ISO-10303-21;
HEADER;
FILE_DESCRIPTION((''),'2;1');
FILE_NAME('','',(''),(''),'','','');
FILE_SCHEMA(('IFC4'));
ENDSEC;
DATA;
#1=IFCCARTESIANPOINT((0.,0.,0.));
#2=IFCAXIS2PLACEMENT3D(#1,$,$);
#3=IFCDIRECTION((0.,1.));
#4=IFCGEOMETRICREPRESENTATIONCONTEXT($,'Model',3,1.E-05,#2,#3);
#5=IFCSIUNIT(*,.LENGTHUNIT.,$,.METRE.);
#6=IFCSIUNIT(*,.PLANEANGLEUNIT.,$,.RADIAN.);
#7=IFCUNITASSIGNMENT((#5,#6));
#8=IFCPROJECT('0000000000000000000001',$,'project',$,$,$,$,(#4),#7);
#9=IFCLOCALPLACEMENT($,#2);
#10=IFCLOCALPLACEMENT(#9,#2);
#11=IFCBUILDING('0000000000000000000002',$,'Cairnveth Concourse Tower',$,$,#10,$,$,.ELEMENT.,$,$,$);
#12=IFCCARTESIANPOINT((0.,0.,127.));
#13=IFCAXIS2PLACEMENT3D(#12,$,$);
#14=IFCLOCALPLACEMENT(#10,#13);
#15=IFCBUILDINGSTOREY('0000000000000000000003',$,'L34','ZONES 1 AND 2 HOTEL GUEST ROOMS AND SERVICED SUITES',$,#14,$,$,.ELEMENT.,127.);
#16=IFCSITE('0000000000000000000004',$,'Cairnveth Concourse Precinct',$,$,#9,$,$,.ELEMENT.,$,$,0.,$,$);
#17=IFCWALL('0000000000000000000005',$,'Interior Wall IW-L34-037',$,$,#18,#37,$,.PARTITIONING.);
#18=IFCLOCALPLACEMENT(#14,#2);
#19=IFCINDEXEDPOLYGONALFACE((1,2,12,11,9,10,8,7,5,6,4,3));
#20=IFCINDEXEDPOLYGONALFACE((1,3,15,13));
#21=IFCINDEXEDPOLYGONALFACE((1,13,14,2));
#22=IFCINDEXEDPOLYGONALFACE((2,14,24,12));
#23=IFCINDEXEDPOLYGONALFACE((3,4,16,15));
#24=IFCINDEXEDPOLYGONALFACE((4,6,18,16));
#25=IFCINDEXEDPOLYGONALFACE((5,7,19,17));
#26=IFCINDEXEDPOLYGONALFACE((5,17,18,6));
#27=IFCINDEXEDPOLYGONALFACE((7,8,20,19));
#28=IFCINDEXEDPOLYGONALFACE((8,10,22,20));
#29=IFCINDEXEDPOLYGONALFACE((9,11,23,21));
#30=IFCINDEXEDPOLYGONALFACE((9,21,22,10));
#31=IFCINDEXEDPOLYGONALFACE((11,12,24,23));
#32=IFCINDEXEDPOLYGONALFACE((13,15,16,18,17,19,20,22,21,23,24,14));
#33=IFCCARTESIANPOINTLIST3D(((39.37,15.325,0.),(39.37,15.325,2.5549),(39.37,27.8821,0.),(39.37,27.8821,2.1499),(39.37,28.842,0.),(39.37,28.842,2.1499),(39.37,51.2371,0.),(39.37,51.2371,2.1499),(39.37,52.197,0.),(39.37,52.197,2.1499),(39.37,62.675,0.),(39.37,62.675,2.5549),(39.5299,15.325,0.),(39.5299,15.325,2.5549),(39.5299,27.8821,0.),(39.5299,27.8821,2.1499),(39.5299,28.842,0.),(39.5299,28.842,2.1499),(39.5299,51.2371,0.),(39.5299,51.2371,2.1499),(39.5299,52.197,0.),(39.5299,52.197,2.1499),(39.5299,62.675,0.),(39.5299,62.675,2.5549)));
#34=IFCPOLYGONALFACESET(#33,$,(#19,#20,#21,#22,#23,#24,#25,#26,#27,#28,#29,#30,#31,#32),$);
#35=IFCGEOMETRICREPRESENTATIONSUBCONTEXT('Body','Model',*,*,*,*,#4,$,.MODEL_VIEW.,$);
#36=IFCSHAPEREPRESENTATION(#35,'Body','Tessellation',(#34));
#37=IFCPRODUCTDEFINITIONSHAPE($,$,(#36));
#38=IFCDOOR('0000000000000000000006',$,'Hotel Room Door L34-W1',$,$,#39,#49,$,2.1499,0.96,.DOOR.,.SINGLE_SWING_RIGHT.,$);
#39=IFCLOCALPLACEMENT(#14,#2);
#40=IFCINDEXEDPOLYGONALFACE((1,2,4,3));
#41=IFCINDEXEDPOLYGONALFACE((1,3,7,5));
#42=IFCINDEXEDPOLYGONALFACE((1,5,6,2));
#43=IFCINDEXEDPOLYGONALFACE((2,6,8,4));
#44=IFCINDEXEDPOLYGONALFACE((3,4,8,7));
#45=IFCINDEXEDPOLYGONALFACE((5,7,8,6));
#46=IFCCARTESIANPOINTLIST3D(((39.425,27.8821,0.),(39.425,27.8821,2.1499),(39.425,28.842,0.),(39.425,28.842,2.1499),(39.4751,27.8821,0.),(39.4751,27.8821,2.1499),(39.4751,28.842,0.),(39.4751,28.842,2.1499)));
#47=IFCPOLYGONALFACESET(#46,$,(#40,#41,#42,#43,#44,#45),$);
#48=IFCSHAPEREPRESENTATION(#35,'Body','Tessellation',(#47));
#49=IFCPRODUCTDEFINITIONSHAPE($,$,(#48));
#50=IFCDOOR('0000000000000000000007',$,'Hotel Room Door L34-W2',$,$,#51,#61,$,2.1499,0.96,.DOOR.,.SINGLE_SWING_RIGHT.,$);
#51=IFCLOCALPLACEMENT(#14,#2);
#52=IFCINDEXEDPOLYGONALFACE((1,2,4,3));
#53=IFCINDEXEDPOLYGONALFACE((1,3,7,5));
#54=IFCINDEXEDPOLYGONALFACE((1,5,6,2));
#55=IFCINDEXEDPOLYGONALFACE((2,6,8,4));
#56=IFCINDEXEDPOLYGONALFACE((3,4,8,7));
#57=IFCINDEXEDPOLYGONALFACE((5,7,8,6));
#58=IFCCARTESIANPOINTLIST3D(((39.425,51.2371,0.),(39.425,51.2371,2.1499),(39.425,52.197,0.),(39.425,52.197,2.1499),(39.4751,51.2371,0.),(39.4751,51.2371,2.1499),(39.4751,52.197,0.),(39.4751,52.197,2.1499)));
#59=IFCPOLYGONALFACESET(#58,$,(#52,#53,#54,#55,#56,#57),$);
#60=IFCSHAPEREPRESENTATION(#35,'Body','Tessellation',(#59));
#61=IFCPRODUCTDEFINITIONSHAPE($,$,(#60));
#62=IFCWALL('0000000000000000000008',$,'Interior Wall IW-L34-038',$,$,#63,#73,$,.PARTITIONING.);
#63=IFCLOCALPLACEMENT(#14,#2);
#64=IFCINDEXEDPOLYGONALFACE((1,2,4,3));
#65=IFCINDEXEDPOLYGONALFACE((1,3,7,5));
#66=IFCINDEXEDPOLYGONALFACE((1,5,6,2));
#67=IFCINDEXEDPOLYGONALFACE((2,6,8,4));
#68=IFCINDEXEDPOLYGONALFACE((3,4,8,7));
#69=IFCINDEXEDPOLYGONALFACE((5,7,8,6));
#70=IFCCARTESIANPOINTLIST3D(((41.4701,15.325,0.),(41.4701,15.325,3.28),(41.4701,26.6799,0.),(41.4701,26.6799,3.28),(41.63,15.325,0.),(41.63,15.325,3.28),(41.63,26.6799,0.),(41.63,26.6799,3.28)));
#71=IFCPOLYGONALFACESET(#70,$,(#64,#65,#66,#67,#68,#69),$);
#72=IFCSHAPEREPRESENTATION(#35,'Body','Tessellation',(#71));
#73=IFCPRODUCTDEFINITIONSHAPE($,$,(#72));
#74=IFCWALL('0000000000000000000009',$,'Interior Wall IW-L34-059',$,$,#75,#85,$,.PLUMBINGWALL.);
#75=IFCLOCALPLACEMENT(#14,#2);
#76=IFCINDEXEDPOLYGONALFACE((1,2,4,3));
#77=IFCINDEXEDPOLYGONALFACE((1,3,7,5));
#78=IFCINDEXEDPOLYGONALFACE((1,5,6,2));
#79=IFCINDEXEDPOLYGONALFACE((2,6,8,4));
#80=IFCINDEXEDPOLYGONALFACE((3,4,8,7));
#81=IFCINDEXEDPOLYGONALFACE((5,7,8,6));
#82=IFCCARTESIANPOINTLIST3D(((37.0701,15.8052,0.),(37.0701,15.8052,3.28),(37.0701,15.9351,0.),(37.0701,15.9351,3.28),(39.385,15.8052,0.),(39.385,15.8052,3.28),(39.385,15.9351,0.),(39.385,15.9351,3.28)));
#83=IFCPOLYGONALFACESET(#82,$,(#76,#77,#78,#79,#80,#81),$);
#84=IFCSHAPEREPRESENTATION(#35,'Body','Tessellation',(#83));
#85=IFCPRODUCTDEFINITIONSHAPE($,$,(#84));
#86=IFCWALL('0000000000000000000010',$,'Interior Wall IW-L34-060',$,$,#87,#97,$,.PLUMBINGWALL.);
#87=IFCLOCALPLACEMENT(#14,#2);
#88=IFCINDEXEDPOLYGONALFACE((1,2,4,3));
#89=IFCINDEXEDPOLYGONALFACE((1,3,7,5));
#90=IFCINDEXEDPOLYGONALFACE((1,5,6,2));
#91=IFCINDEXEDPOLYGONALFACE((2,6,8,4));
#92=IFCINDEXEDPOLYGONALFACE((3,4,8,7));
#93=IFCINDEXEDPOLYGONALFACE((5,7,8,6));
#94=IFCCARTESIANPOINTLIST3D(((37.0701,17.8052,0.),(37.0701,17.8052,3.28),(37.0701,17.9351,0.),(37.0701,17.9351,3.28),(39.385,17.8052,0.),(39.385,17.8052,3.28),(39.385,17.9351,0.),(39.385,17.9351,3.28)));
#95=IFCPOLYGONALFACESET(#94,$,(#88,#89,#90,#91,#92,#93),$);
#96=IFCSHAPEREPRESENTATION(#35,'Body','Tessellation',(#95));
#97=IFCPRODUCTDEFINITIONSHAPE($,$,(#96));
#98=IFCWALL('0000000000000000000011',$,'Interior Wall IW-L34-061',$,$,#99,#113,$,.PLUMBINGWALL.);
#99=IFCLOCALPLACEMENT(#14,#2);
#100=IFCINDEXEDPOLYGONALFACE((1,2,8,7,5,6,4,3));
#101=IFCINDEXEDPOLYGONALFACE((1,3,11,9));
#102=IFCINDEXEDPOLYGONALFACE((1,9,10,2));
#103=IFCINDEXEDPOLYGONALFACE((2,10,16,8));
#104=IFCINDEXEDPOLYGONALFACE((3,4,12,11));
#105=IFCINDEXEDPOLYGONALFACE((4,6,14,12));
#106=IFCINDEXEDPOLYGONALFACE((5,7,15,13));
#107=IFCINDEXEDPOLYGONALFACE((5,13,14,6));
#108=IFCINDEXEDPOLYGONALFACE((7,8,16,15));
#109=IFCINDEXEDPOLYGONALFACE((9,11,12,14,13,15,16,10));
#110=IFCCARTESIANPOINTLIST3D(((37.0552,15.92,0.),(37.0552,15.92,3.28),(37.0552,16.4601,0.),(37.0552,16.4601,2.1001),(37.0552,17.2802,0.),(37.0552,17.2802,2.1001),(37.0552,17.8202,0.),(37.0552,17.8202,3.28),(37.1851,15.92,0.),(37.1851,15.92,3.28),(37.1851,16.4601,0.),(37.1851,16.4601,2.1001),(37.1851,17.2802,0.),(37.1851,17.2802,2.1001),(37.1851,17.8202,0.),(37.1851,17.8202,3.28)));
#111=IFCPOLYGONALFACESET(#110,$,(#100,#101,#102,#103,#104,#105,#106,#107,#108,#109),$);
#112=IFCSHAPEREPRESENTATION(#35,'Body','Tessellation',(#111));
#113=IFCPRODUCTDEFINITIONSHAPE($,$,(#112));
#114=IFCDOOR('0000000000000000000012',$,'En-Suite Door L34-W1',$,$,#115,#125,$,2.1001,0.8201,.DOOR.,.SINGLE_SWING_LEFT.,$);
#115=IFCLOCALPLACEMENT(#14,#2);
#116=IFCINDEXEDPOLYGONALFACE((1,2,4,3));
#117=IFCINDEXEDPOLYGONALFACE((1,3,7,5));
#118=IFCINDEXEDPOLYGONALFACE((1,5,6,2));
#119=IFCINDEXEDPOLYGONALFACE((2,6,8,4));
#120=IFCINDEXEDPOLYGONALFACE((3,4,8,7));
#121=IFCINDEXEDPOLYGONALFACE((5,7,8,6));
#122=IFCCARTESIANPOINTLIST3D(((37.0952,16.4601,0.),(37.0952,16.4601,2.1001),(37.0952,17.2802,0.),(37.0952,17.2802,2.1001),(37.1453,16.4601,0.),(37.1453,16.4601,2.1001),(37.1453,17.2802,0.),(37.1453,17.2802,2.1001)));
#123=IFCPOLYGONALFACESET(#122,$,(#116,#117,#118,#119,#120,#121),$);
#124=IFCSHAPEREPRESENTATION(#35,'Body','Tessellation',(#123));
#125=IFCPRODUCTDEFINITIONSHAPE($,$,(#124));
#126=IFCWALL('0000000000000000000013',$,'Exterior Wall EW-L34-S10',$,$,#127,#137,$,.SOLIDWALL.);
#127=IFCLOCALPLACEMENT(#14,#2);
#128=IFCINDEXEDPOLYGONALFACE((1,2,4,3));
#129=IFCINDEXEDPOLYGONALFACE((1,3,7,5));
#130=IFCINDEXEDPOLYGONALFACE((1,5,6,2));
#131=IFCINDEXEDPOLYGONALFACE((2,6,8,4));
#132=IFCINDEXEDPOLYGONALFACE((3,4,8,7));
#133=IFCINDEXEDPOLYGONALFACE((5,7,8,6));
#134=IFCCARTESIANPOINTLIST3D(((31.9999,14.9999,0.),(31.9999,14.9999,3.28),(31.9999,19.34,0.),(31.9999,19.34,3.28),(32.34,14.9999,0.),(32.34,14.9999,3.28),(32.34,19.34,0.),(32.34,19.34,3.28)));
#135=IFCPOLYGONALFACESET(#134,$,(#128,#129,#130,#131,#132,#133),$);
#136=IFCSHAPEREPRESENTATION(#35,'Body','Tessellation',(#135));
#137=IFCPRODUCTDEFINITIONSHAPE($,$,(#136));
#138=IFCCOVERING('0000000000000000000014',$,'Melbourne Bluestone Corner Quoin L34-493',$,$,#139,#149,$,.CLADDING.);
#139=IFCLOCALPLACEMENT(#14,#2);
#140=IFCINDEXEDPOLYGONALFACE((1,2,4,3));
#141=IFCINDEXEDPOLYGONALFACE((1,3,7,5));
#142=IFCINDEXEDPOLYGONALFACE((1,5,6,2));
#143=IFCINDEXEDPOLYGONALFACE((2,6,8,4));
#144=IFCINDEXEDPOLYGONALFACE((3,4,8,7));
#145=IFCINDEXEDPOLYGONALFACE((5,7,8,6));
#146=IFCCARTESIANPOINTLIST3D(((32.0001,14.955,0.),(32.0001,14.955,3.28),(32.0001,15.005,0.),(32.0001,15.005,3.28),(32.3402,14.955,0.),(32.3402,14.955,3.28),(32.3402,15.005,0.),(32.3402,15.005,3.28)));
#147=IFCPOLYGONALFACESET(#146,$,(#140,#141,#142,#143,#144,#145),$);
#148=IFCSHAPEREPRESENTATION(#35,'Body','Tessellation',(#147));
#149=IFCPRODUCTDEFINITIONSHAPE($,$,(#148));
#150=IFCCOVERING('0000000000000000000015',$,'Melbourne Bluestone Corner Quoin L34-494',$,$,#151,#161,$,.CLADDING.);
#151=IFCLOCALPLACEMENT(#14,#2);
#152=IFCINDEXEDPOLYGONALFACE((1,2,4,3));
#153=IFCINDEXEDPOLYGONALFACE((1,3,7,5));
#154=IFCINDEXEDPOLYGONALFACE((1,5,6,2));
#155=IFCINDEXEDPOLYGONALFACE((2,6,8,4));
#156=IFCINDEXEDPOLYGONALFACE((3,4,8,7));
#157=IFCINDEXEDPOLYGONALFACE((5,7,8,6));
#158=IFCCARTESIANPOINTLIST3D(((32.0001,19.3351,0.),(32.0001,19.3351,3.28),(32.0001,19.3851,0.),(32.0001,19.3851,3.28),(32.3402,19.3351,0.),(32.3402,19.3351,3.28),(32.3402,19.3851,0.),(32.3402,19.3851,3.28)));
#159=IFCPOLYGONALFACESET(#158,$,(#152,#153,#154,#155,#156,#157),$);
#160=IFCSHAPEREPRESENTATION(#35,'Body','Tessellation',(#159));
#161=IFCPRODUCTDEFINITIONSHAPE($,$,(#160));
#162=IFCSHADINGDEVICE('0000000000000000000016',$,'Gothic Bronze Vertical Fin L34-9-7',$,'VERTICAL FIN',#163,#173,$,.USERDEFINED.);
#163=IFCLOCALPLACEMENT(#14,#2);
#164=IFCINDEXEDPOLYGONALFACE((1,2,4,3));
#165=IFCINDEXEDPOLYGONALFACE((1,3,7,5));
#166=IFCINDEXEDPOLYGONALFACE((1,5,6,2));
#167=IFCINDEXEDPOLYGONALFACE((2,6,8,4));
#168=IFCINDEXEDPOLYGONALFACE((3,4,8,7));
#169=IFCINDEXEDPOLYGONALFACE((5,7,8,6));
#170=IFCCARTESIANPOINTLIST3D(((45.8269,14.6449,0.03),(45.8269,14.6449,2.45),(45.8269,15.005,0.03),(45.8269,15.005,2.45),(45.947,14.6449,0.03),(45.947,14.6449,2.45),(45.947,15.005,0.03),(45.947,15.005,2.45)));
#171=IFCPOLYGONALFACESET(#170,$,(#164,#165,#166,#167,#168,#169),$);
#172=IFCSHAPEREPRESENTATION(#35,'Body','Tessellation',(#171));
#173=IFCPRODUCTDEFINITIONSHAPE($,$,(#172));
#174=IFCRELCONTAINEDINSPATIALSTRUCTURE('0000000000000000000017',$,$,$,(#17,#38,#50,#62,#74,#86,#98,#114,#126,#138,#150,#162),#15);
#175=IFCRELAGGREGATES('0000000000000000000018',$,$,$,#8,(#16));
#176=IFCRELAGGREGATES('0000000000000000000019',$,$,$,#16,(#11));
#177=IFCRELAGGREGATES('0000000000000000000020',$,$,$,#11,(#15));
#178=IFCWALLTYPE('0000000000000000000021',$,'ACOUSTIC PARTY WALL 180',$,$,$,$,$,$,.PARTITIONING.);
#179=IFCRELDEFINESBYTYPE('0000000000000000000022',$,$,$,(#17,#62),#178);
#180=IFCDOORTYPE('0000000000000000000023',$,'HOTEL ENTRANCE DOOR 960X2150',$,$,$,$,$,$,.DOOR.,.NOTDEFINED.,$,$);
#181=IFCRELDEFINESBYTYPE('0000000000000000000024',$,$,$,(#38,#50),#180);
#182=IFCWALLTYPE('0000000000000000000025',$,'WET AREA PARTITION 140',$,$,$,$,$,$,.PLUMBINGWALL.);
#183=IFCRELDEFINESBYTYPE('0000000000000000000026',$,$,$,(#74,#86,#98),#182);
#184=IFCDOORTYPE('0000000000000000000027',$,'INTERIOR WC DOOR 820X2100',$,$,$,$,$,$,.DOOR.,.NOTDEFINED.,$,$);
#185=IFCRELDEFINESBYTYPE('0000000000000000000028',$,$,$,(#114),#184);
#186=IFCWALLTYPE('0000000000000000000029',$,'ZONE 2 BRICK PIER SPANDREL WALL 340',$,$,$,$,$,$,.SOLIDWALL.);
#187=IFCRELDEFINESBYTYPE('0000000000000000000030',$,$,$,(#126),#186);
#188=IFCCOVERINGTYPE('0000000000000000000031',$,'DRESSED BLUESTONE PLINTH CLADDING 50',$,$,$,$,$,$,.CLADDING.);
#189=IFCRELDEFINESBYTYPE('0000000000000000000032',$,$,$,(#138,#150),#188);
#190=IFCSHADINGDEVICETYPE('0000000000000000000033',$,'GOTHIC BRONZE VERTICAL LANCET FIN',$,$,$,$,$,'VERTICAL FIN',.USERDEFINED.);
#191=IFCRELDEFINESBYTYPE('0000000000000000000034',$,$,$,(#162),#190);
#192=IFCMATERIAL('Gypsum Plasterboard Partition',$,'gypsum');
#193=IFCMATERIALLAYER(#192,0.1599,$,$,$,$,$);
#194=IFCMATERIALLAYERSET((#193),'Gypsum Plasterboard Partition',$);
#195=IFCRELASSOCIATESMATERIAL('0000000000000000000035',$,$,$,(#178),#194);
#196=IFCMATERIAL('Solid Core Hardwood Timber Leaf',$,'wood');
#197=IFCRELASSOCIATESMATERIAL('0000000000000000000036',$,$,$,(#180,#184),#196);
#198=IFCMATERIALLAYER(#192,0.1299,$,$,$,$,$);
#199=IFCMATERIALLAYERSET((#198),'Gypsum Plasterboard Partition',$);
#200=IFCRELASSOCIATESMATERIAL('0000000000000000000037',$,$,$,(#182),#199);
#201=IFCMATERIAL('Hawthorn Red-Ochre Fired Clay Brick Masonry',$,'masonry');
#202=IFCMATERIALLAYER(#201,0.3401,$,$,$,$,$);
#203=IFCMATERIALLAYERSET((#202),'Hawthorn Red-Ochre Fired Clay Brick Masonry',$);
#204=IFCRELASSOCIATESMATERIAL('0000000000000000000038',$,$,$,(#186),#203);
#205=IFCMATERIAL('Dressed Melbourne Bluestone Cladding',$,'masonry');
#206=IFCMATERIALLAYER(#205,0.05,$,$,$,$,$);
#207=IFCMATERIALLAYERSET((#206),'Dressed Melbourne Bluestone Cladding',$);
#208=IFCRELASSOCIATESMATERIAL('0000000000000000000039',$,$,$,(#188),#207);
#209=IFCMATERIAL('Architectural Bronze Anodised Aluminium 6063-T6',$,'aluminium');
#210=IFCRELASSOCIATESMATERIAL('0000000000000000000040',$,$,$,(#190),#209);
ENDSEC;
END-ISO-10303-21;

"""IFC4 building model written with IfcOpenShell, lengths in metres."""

from ifc_helpers import new_model, si_unit, direction, frame, frame_2d, origin, origin_2d, place, context, subcontext, project, spatial, rectangle, extrude, material, layer, layer_set, type_object, element, fill, save


model = new_model("IFC4")

# Units and contexts
model_context = context("Model", 3, precision=1e-05, world=origin(), true_north=direction((0.0, 1.0)))
body_context = subcontext(model_context, "Body", "Model", "MODEL_VIEW")
ifc_project = project(units=[si_unit("LENGTHUNIT", "METRE"), si_unit("PLANEANGLEUNIT", "RADIAN")], contexts=[model_context])

# Site, building, storey
site_placement = place(None, origin())
site = spatial("IfcSite", under=ifc_project, at=site_placement, Name="Cairnveth Concourse Precinct", CompositionType="ELEMENT", RefElevation=0.0)
building_placement = place(site_placement, origin())
building = spatial("IfcBuilding", under=site, at=building_placement, Name="Cairnveth Concourse Tower", CompositionType="ELEMENT")
storey_placement = place(building_placement, frame((0.0, 0.0, 127.0)))
storey = spatial("IfcBuildingStorey", under=building, at=storey_placement, Name="L34", Description="ZONES 1 AND 2 HOTEL GUEST ROOMS AND SERVICED SUITES", CompositionType="ELEMENT", Elevation=127.0)

# Wall, openings, doors
ifc_material_1 = material(Name="Gypsum Plasterboard Partition", Category="gypsum")
ifc_layer_1 = layer(ifc_material_1, 0.1599)
ifc_layer_set_1 = layer_set([ifc_layer_1], Name="Gypsum Plasterboard Partition")
wall_type_1 = type_object("IfcWallType", Name="ACOUSTIC PARTY WALL 180", PredefinedType="PARTITIONING", material=ifc_layer_set_1)
wall_1_placement = place(storey_placement, frame((39.45, 15.325, 0.0), z_axis=(0.0, 0.0, 1.0), x_axis=(0.0, 1.0, 0.0)))
wall_1 = element("IfcWall", 1, at=wall_1_placement, inside=storey, type_object=wall_type_1, Name="Interior Wall IW-L34-037", PredefinedType="PARTITIONING", context=body_context, shape_type="SweptSolid", body=[
    extrude(rectangle(XDim=47.3501, YDim=0.1599, at=frame_2d((23.675, 0.0))), origin(), (0.0, 0.0, 1.0), 2.5549),
])
opening_1_placement = place(wall_1_placement, frame((12.5571, 0.0, 0.0)))
opening_1 = element("IfcOpeningElement", 2, at=opening_1_placement, cuts=wall_1, PredefinedType="OPENING", context=body_context, shape_type="SweptSolid", body=[
    extrude(rectangle(XDim=0.96, YDim=2.1499, at=frame_2d((0.48, 1.075))), frame((0.0, 0.0898, 0.0), z_axis=(0.0, -1.0, 0.0), x_axis=(1.0, 0.0, 0.0)), (0.0, 0.0, 1.0), 0.1799),
])
opening_2_placement = place(wall_1_placement, frame((35.9121, 0.0, 0.0)))
opening_2 = element("IfcOpeningElement", 3, at=opening_2_placement, cuts=wall_1, PredefinedType="OPENING", context=body_context, shape_type="SweptSolid", body=[
    extrude(rectangle(XDim=0.96, YDim=2.1499, at=frame_2d((0.48, 1.075))), frame((0.0, 0.0898, 0.0), z_axis=(0.0, -1.0, 0.0), x_axis=(1.0, 0.0, 0.0)), (0.0, 0.0, 1.0), 0.1799),
])
ifc_material_2 = material(Name="Solid Core Hardwood Timber Leaf", Category="wood")
door_type_1 = type_object("IfcDoorType", Name="HOTEL ENTRANCE DOOR 960X2150", OperationType="NOTDEFINED", PredefinedType="DOOR", material=ifc_material_2)
door_1_placement = place(opening_1_placement, origin())
door_1 = element("IfcDoor", 4, at=door_1_placement, inside=storey, type_object=door_type_1, Name="Hotel Room Door L34-W1", OperationType="SINGLE_SWING_RIGHT", OverallHeight=2.1499, OverallWidth=0.96, PredefinedType="DOOR", context=body_context, shape_type="SweptSolid", body=[
    extrude(rectangle(XDim=0.96, YDim=2.1499, at=frame_2d((0.48, 1.075))), frame((0.0, 0.0249, 0.0), z_axis=(0.0, -1.0, 0.0), x_axis=(1.0, 0.0, 0.0)), (0.0, 0.0, 1.0), 0.05),
])
fill(opening_1, door_1)
door_2_placement = place(opening_2_placement, origin())
door_2 = element("IfcDoor", 5, at=door_2_placement, inside=storey, type_object=door_type_1, Name="Hotel Room Door L34-W2", OperationType="SINGLE_SWING_RIGHT", OverallHeight=2.1499, OverallWidth=0.96, PredefinedType="DOOR", context=body_context, shape_type="SweptSolid", body=[
    extrude(rectangle(XDim=0.96, YDim=2.1499, at=frame_2d((0.48, 1.075))), frame((0.0, 0.0249, 0.0), z_axis=(0.0, -1.0, 0.0), x_axis=(1.0, 0.0, 0.0)), (0.0, 0.0, 1.0), 0.05),
])
fill(opening_2, door_2)

# Walls
wall_2_placement = place(storey_placement, frame((41.55, 15.325, 0.0), z_axis=(0.0, 0.0, 1.0), x_axis=(0.0, 1.0, 0.0)))
element("IfcWall", 6, at=wall_2_placement, inside=storey, type_object=wall_type_1, Name="Interior Wall IW-L34-038", PredefinedType="PARTITIONING", context=body_context, shape_type="SweptSolid", body=[
    extrude(rectangle(XDim=11.355, YDim=0.1599, at=frame_2d((5.6775, 0.0))), origin(), (0.0, 0.0, 1.0), 3.28),
])
ifc_layer_2 = layer(ifc_material_1, 0.1299)
ifc_layer_set_2 = layer_set([ifc_layer_2], Name="Gypsum Plasterboard Partition")
wall_type_2 = type_object("IfcWallType", Name="WET AREA PARTITION 140", PredefinedType="PLUMBINGWALL", material=ifc_layer_set_2)
for number, where, z_axis, x_axis, name in (
    (7, (37.0701, 15.8701, 0.0), (0.0, 0.0, 1.0), (1.0, 0.0, 0.0), "Interior Wall IW-L34-059"),
    (8, (37.0701, 17.8701, 0.0), (0.0, 0.0, 1.0), (1.0, 0.0, 0.0), "Interior Wall IW-L34-060"),
):
    element("IfcWall", number, at=place(storey_placement, frame(where, z_axis=z_axis, x_axis=x_axis)), inside=storey, type_object=wall_type_2, Name=name, PredefinedType="PLUMBINGWALL", context=body_context, shape_type="SweptSolid", body=[
        extrude(rectangle(XDim=2.3149, YDim=0.1299, at=frame_2d((1.1575, 0.0))), origin(), (0.0, 0.0, 1.0), 3.28),
    ])

# Wall, opening, door
wall_3_placement = place(storey_placement, frame((37.1201, 15.9199, 0.0), z_axis=(0.0, 0.0, 1.0), x_axis=(0.0, 1.0, 0.0)))
wall_3 = element("IfcWall", 9, at=wall_3_placement, inside=storey, type_object=wall_type_2, Name="Interior Wall IW-L34-061", PredefinedType="PLUMBINGWALL", context=body_context, shape_type="SweptSolid", body=[
    extrude(rectangle(XDim=1.9001, YDim=0.1299, at=frame_2d((0.9502, 0.0))), origin(), (0.0, 0.0, 1.0), 3.28),
])
opening_3_placement = place(wall_3_placement, frame((0.54, 0.0, 0.0)))
opening_3 = element("IfcOpeningElement", 10, at=opening_3_placement, cuts=wall_3, PredefinedType="OPENING", context=body_context, shape_type="SweptSolid", body=[
    extrude(rectangle(XDim=0.8201, YDim=2.1001, at=frame_2d((0.4102, 1.05))), frame((0.0, 0.075, 0.0), z_axis=(0.0, -1.0, 0.0), x_axis=(1.0, 0.0, 0.0)), (0.0, 0.0, 1.0), 0.1499),
])
door_type_2 = type_object("IfcDoorType", Name="INTERIOR WC DOOR 820X2100", OperationType="NOTDEFINED", PredefinedType="DOOR", material=ifc_material_2)
door_3_placement = place(opening_3_placement, origin())
door_3 = element("IfcDoor", 11, at=door_3_placement, inside=storey, type_object=door_type_2, Name="En-Suite Door L34-W1", OperationType="SINGLE_SWING_LEFT", OverallHeight=2.1001, OverallWidth=0.8201, PredefinedType="DOOR", context=body_context, shape_type="SweptSolid", body=[
    extrude(rectangle(XDim=0.8201, YDim=2.1001, at=frame_2d((0.4102, 1.05))), frame((0.0, 0.0249, 0.0), z_axis=(0.0, -1.0, 0.0), x_axis=(1.0, 0.0, 0.0)), (0.0, 0.0, 1.0), 0.05),
])
fill(opening_3, door_3)

# Wall
ifc_material_3 = material(Name="Hawthorn Red-Ochre Fired Clay Brick Masonry", Category="masonry")
ifc_layer_3 = layer(ifc_material_3, 0.3401)
ifc_layer_set_3 = layer_set([ifc_layer_3], Name="Hawthorn Red-Ochre Fired Clay Brick Masonry")
wall_type_3 = type_object("IfcWallType", Name="ZONE 2 BRICK PIER SPANDREL WALL 340", PredefinedType="SOLIDWALL", material=ifc_layer_set_3)
wall_4_placement = place(storey_placement, frame((32.1699, 15.0, 0.0), z_axis=(0.0, 0.0, 1.0), x_axis=(0.0, 1.0, 0.0)))
element("IfcWall", 12, at=wall_4_placement, inside=storey, type_object=wall_type_3, Name="Exterior Wall EW-L34-S10", PredefinedType="SOLIDWALL", context=body_context, shape_type="SweptSolid", body=[
    extrude(rectangle(XDim=4.3401, YDim=0.3401, at=frame_2d((2.1699, 0.0))), origin(), (0.0, 0.0, 1.0), 3.28),
])

# Coverings
ifc_material_4 = material(Name="Dressed Melbourne Bluestone Cladding", Category="masonry")
ifc_layer_4 = layer(ifc_material_4, 0.05)
ifc_layer_set_4 = layer_set([ifc_layer_4], Name="Dressed Melbourne Bluestone Cladding")
covering_type = type_object("IfcCoveringType", Name="DRESSED BLUESTONE PLINTH CLADDING 50", PredefinedType="CLADDING", material=ifc_layer_set_4)
for number, where, z_axis, x_axis, name in (
    (13, (32.3401, 14.98, 0.0), (0.0, 0.0, 1.0), (-1.0, 0.0, 0.0), "Melbourne Bluestone Corner Quoin L34-493"),
    (14, (32.3401, 19.3601, 0.0), (0.0, 0.0, 1.0), (-1.0, 0.0, 0.0), "Melbourne Bluestone Corner Quoin L34-494"),
):
    element("IfcCovering", number, at=place(storey_placement, frame(where, z_axis=z_axis, x_axis=x_axis)), inside=storey, type_object=covering_type, Name=name, PredefinedType="CLADDING", context=body_context, shape_type="SweptSolid", body=[
        extrude(rectangle(XDim=0.3401, YDim=0.05, at=frame_2d((0.1699, 0.0))), origin(), (0.0, 0.0, 1.0), 3.28),
    ])

# Shading device
ifc_material_5 = material(Name="Architectural Bronze Anodised Aluminium 6063-T6", Category="aluminium")
shading_device_type = type_object("IfcShadingDeviceType", Name="GOTHIC BRONZE VERTICAL LANCET FIN", ElementType="VERTICAL FIN", PredefinedType="USERDEFINED", material=ifc_material_5)
for number, where, z_axis, x_axis, name in (
    (15, (45.887, 14.825, 0.03), (0.0, 0.0, 1.0), (1.0, 0.0, 0.0), "Gothic Bronze Vertical Fin L34-9-7"),
):
    element("IfcShadingDevice", number, at=place(storey_placement, frame(where, z_axis=z_axis, x_axis=x_axis)), inside=storey, type_object=shading_device_type, Name=name, ObjectType="VERTICAL FIN", PredefinedType="USERDEFINED", context=body_context, shape_type="SweptSolid", body=[
        extrude(rectangle(XDim=0.1201, YDim=0.3601, at=origin_2d()), origin(), (0.0, 0.0, 1.0), 2.4199),
    ])

save(model, "model.ifc")
